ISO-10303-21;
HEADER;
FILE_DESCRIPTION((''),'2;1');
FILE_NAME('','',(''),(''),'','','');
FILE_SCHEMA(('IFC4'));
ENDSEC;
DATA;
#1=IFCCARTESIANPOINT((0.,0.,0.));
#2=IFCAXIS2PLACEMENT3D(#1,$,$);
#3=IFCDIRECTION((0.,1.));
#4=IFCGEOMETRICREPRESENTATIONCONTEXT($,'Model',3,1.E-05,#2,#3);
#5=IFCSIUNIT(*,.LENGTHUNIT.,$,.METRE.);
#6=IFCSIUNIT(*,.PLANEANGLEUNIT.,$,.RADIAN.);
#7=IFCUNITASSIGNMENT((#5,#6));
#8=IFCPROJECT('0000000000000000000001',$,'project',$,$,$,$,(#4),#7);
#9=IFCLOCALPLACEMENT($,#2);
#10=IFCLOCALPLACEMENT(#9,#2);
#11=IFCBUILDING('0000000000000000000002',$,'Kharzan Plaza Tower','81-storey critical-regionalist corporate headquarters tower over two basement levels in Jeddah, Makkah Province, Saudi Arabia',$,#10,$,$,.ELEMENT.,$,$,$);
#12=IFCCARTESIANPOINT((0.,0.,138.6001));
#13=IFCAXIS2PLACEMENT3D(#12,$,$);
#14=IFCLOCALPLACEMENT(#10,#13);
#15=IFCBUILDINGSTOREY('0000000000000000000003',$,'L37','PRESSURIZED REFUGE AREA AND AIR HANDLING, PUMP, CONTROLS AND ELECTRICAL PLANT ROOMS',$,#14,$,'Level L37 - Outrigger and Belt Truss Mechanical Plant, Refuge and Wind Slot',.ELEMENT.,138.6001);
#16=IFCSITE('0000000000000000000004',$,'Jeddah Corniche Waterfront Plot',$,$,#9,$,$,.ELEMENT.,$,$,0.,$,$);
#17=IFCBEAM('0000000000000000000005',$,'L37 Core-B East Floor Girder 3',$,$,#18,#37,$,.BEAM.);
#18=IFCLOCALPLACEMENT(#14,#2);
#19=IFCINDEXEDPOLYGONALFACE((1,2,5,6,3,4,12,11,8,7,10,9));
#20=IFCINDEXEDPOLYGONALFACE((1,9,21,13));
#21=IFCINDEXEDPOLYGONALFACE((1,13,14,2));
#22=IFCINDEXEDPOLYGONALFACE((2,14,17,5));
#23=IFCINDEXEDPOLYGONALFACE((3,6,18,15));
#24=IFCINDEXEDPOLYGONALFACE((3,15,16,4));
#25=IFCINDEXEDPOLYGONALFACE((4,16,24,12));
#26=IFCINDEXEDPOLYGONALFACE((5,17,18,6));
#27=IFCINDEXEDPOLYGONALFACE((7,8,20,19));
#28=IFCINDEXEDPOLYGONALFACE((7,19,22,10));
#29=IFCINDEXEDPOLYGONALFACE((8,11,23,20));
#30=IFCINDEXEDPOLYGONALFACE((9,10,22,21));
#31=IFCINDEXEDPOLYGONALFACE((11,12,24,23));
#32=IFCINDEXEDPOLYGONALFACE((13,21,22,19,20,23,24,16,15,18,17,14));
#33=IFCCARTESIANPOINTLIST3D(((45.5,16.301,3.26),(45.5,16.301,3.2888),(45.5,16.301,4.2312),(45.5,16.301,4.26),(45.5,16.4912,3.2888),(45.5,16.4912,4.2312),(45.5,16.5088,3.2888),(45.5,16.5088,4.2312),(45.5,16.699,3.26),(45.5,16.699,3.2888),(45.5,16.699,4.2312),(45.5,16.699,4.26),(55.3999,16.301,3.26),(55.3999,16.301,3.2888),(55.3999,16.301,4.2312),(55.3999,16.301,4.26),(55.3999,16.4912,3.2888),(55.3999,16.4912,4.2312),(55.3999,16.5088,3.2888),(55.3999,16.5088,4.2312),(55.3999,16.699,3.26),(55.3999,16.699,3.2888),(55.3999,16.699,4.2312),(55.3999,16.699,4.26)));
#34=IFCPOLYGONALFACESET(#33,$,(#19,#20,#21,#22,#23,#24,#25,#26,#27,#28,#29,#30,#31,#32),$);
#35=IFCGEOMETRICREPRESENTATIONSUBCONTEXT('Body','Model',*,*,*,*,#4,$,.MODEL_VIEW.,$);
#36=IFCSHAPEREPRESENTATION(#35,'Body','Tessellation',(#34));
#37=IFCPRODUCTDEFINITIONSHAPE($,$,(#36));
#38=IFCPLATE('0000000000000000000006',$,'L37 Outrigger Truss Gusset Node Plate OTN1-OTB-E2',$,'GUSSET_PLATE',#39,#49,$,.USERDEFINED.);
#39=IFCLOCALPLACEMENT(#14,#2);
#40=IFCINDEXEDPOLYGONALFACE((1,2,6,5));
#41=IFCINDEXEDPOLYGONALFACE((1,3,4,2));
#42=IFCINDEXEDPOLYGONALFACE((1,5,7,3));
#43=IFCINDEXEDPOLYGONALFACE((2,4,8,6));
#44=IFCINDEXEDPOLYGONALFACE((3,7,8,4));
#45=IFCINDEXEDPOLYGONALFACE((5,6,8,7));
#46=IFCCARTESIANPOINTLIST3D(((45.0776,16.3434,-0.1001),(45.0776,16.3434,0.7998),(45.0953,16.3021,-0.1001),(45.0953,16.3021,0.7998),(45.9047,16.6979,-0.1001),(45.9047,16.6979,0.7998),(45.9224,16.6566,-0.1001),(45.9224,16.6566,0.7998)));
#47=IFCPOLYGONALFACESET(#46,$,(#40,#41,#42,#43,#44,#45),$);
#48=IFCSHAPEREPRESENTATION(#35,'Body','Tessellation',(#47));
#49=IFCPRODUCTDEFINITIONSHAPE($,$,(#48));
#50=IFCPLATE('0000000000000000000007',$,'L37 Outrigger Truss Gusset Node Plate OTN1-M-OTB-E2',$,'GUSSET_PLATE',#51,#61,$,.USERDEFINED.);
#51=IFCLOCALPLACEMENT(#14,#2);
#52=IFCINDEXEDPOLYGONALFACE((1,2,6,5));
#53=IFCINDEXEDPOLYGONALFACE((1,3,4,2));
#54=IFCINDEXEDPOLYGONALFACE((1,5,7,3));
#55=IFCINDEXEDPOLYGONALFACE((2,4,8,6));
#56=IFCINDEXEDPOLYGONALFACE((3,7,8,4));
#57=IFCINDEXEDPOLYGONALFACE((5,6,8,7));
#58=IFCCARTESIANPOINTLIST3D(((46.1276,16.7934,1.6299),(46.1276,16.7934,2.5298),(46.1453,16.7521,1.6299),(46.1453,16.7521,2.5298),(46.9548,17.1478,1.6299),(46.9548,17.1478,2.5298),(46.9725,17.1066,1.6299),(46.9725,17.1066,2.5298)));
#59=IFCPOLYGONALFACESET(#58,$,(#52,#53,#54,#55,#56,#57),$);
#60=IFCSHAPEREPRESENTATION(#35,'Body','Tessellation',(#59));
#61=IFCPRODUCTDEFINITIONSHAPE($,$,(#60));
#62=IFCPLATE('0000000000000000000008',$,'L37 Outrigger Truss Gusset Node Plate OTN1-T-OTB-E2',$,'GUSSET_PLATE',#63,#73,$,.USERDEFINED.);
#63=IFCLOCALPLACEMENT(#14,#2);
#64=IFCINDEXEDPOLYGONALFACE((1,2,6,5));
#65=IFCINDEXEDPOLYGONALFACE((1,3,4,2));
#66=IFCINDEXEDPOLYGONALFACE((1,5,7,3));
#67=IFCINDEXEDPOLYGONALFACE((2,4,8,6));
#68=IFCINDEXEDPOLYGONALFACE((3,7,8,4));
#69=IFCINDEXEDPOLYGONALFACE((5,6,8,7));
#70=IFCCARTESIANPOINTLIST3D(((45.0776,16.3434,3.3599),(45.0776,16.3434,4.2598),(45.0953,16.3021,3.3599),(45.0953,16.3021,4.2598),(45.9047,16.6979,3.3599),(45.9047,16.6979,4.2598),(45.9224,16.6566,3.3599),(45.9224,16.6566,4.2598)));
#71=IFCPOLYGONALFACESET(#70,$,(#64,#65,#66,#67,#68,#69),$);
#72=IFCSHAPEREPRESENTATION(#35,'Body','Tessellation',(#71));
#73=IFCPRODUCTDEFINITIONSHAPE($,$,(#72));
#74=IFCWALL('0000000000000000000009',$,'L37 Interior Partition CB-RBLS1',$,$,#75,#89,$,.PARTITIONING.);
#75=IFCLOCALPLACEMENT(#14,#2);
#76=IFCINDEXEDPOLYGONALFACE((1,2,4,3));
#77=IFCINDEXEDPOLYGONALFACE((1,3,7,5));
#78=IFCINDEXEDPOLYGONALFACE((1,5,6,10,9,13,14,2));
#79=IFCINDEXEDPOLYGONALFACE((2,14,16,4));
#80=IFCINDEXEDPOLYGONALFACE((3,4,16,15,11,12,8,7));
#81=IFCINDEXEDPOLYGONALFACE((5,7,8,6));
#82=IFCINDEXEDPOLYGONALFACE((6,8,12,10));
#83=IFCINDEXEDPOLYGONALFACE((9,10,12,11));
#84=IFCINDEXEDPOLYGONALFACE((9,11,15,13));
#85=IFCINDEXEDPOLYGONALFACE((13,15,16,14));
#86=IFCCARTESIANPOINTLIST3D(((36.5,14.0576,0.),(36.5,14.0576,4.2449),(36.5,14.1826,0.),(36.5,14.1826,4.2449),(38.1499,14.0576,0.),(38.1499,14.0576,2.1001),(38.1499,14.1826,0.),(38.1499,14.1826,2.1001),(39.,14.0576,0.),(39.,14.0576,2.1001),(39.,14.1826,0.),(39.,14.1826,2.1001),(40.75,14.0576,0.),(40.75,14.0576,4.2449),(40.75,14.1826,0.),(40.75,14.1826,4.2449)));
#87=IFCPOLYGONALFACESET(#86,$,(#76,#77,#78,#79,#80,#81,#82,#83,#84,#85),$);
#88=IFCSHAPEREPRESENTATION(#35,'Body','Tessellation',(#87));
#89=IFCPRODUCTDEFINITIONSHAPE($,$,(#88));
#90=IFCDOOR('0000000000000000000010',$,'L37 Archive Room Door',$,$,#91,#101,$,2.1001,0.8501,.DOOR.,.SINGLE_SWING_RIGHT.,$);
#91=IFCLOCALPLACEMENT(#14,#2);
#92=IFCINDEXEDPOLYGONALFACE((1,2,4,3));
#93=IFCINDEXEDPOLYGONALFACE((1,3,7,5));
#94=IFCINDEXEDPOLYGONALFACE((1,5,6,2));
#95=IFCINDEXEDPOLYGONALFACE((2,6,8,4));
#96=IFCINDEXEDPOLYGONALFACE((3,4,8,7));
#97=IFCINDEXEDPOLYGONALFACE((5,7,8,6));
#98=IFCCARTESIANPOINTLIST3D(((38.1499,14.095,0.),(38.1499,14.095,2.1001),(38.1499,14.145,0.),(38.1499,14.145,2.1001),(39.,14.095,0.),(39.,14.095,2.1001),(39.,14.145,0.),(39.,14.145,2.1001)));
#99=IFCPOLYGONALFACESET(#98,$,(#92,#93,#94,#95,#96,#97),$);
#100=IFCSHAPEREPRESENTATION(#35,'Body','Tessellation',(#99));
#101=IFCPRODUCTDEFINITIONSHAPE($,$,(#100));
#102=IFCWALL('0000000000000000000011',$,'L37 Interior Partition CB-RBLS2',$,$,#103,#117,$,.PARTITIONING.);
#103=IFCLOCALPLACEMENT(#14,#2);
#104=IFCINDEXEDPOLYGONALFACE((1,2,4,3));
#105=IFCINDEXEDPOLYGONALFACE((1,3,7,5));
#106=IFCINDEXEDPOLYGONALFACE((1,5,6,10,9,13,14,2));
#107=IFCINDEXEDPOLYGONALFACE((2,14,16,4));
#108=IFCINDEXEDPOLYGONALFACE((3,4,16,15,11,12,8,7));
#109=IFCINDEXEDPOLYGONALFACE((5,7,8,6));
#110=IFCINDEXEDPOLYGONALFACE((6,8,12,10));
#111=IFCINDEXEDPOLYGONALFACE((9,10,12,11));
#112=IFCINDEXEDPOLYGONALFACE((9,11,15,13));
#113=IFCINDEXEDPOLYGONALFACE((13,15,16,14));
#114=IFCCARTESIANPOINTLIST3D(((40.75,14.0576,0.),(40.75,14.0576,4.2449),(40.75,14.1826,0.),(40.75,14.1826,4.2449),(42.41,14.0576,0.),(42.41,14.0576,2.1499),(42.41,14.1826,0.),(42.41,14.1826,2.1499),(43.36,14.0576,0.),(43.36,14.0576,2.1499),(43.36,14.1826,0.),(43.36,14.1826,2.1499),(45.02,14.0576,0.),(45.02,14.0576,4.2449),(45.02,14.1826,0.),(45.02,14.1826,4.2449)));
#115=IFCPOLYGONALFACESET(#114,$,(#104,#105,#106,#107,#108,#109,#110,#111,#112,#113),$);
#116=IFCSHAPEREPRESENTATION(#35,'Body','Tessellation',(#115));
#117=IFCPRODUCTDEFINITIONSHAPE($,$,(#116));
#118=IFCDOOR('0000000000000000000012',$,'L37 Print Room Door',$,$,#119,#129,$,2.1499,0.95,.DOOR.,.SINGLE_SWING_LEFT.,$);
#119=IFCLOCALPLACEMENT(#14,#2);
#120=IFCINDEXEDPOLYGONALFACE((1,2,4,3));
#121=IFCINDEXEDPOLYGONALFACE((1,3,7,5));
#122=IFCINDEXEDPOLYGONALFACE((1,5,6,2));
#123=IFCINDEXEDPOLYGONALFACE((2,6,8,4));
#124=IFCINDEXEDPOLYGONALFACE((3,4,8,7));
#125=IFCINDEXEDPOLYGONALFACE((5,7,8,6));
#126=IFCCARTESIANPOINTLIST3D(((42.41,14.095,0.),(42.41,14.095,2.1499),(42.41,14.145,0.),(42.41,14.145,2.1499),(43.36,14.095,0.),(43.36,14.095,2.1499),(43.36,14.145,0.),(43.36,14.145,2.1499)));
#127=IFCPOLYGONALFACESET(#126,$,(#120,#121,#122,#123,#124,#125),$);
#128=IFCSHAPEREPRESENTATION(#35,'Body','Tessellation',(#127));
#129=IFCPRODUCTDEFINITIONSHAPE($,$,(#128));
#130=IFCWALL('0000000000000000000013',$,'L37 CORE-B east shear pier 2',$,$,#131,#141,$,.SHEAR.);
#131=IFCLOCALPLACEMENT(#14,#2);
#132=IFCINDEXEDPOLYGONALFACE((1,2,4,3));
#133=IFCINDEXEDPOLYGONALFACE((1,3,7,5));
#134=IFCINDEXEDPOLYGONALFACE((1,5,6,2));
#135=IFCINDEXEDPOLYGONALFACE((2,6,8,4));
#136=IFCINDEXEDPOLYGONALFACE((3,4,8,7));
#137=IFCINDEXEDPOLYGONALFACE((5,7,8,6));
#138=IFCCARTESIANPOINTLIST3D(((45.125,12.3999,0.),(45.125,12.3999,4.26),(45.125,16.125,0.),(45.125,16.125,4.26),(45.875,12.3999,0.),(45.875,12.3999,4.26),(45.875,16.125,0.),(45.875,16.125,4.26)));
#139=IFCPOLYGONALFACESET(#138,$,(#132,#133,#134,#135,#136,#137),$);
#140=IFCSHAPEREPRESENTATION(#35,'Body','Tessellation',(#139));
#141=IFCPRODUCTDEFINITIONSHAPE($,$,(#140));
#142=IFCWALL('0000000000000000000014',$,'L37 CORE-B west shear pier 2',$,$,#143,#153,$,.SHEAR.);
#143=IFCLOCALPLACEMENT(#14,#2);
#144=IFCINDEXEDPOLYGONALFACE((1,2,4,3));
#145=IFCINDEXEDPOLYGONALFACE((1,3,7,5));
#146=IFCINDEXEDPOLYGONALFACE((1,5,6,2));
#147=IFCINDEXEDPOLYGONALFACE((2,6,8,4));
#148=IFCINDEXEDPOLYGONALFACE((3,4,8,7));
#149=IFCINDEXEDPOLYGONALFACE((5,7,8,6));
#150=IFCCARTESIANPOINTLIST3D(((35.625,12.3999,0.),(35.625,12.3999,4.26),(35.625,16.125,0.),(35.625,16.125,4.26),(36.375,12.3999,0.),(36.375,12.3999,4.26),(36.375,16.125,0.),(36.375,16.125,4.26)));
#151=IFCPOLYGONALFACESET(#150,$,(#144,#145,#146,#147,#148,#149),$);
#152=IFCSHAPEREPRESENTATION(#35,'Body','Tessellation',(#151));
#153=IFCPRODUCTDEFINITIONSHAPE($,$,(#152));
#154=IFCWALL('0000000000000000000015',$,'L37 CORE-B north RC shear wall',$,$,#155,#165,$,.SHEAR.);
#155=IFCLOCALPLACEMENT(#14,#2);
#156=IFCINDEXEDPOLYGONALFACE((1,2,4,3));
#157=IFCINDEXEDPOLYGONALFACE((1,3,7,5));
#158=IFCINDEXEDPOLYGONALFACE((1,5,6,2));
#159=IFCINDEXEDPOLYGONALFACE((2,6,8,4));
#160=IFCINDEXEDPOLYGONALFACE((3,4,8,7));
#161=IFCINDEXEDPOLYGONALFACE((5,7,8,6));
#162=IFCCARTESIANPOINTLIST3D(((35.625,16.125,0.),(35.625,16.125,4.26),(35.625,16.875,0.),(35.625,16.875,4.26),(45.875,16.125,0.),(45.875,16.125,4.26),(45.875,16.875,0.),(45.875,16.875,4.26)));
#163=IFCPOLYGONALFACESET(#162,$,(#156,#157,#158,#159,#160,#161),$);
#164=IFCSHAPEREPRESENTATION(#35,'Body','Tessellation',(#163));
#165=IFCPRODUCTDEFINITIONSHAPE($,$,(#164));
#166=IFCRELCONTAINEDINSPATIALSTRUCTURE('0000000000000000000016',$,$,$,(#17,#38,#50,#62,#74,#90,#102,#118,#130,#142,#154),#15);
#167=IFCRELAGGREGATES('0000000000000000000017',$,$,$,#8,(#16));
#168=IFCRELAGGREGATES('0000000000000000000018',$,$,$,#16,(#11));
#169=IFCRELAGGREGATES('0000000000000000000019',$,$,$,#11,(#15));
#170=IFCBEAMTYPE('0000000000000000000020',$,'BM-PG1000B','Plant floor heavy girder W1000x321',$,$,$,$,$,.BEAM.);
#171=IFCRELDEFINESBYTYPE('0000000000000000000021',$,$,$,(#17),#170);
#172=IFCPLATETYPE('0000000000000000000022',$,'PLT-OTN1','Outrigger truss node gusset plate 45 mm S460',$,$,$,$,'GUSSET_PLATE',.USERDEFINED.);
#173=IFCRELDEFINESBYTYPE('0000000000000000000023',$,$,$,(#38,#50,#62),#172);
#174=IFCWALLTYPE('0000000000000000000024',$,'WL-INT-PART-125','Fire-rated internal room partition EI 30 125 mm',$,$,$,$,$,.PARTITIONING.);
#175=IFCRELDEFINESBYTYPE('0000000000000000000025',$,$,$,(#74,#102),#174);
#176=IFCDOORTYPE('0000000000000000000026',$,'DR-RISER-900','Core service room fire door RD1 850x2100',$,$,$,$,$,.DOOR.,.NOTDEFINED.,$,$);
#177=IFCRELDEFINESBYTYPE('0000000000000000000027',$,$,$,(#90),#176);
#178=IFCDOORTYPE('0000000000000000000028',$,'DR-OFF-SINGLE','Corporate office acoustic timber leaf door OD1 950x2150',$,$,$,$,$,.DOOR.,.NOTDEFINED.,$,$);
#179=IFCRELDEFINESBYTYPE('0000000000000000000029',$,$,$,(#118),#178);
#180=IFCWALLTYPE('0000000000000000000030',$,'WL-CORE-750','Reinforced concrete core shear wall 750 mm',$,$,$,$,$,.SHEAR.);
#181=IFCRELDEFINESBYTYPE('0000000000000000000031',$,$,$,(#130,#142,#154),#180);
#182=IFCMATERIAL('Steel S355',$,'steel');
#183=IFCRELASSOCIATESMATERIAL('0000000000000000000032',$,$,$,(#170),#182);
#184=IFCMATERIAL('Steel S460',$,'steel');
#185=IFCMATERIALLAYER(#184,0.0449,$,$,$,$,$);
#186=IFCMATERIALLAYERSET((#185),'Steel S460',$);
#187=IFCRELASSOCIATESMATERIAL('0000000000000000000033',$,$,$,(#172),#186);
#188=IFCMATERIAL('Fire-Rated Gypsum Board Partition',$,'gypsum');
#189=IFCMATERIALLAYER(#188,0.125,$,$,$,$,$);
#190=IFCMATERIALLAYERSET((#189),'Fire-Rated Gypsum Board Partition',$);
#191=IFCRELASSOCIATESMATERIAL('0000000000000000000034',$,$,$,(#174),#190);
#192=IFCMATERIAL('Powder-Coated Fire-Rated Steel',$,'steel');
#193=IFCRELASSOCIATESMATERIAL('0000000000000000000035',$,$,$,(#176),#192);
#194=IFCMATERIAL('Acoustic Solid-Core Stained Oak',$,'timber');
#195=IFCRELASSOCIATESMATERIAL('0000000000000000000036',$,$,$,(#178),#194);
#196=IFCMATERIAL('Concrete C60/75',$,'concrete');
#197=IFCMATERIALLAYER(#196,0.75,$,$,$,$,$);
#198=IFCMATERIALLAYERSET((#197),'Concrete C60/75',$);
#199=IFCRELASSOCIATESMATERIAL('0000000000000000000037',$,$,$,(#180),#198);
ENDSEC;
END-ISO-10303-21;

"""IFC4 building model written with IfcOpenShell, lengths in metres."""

from ifc_helpers import new_model, si_unit, direction, frame, frame_2d, origin, origin_2d, place, context, subcontext, project, spatial, rectangle, i_section, extrude, source, transform, mapped, material, layer, layer_set, material_profile, profile_set, type_object, element, fill, save


model = new_model("IFC4")

# Units and contexts
model_context = context("Model", 3, precision=1e-05, world=origin(), true_north=direction((0.0, 1.0)))
body_context = subcontext(model_context, "Body", "Model", "MODEL_VIEW")
ifc_project = project(units=[si_unit("LENGTHUNIT", "METRE"), si_unit("PLANEANGLEUNIT", "RADIAN")], contexts=[model_context])

# Site, building, storey
site_placement = place(None, origin())
site = spatial("IfcSite", under=ifc_project, at=site_placement, Name="Jeddah Corniche Waterfront Plot", CompositionType="ELEMENT", RefElevation=0.0)
building_placement = place(site_placement, origin())
building = spatial("IfcBuilding", under=site, at=building_placement, Name="Kharzan Plaza Tower", Description="81-storey critical-regionalist corporate headquarters tower over two basement levels in Jeddah, Makkah Province, Saudi Arabia", CompositionType="ELEMENT")
storey_placement = place(building_placement, frame((0.0, 0.0, 138.6001)))
storey = spatial("IfcBuildingStorey", under=building, at=storey_placement, Name="L37", Description="PRESSURIZED REFUGE AREA AND AIR HANDLING, PUMP, CONTROLS AND ELECTRICAL PLANT ROOMS", LongName="Level L37 - Outrigger and Belt Truss Mechanical Plant, Refuge and Wind Slot", CompositionType="ELEMENT", Elevation=138.6001)

# Shared definitions
ifc_material_1 = material(Name="Concrete C60/75", Category="concrete")

# Shared definitions
ifc_material_2 = material(Name="Steel S355", Category="steel")
ifc_material_profile_1 = material_profile(ifc_material_2, i_section(OverallWidth=0.3979, OverallDepth=1.0, WebThickness=0.0176, FlangeThickness=0.0288, at=origin_2d()), Name="W1000x321")
ifc_profile_set_1 = profile_set([ifc_material_profile_1], Name="Steel S355")
beam_type_1 = type_object("IfcBeamType", Name="BM-PG1000B", Description="Plant floor heavy girder W1000x321", PredefinedType="BEAM", material=ifc_profile_set_1)

# Beam
shared_shape_1 = source(origin(), body_context, "Body", "SweptSolid", [
    extrude(i_section(OverallWidth=0.3979, OverallDepth=1.0, WebThickness=0.0176, FlangeThickness=0.0288, at=origin_2d()), origin(), (0.0, 0.0, 1.0), 9.8999),
])
beam_1_placement = place(storey_placement, frame((45.5, 16.5, 3.76), z_axis=(1.0, 0.0, 0.0), x_axis=(0.0, 1.0, 0.0)))
element("IfcBeam", 1, at=beam_1_placement, inside=storey, type_object=beam_type_1, Name="L37 Core-B East Floor Girder 3", PredefinedType="BEAM", context=body_context, shape_type="MappedRepresentation", body=[
    mapped(shared_shape_1, transform((0.0, 0.0, 0.0), x_axis=(1.0, 0.0, 0.0), y_axis=(0.0, 1.0, 0.0), z_axis=(0.0, 0.0, 1.0))),
])

# Plates
ifc_material_3 = material(Name="Steel S460", Category="steel")
ifc_layer_1 = layer(ifc_material_3, 0.0449)
ifc_layer_set_1 = layer_set([ifc_layer_1], Name="Steel S460")
plate_type = type_object("IfcPlateType", Name="PLT-OTN1", Description="Outrigger truss node gusset plate 45 mm S460", ElementType="GUSSET_PLATE", PredefinedType="USERDEFINED", material=ifc_layer_set_1)
shared_shape_2 = source(origin(), body_context, "Body", "SweptSolid", [
    extrude(rectangle(XDim=0.8999, YDim=0.0449, at=origin_2d()), origin(), (0.0, 0.0, 1.0), 0.8999),
])
for number, where, z_axis, x_axis, name in (
    (2, (45.5, 16.5, -0.1001), (0.0, 0.0, 1.0), (0.919145, 0.393919, 0.0), "L37 Outrigger Truss Gusset Node Plate OTN1-OTB-E2"),
    (3, (46.55, 16.95, 1.6299), (0.0, 0.0, 1.0), (0.919145, 0.393919, 0.0), "L37 Outrigger Truss Gusset Node Plate OTN1-M-OTB-E2"),
    (4, (45.5, 16.5, 3.3599), (0.0, 0.0, 1.0), (0.919145, 0.393919, 0.0), "L37 Outrigger Truss Gusset Node Plate OTN1-T-OTB-E2"),
):
    element("IfcPlate", number, at=place(storey_placement, frame(where, z_axis=z_axis, x_axis=x_axis)), inside=storey, type_object=plate_type, Name=name, ObjectType="GUSSET_PLATE", PredefinedType="USERDEFINED", context=body_context, shape_type="MappedRepresentation", body=[
        mapped(shared_shape_2, transform((0.0, 0.0, 0.0), x_axis=(1.0, 0.0, 0.0), y_axis=(0.0, 1.0, 0.0), z_axis=(0.0, 0.0, 1.0))),
    ])

# Walls, openings, doors
ifc_material_4 = material(Name="Fire-Rated Gypsum Board Partition", Category="gypsum")
ifc_layer_2 = layer(ifc_material_4, 0.125)
ifc_layer_set_2 = layer_set([ifc_layer_2], Name="Fire-Rated Gypsum Board Partition")
wall_type_1 = type_object("IfcWallType", Name="WL-INT-PART-125", Description="Fire-rated internal room partition EI 30 125 mm", PredefinedType="PARTITIONING", material=ifc_layer_set_2)
wall_1_placement = place(storey_placement, frame((36.5, 14.1201, 0.0), z_axis=(0.0, 0.0, 1.0), x_axis=(1.0, 0.0, 0.0)))
wall_1 = element("IfcWall", 5, at=wall_1_placement, inside=storey, type_object=wall_type_1, Name="L37 Interior Partition CB-RBLS1", PredefinedType="PARTITIONING", context=body_context, shape_type="SweptSolid", body=[
    extrude(rectangle(XDim=4.25, YDim=0.125, at=frame_2d((2.125, 0.0))), origin(), (0.0, 0.0, 1.0), 4.2449),
])
opening_1_placement = place(wall_1_placement, frame((1.6499, 0.0, 0.0)))
opening_1 = element("IfcOpeningElement", 6, at=opening_1_placement, cuts=wall_1, PredefinedType="OPENING", context=body_context, shape_type="SweptSolid", body=[
    extrude(rectangle(XDim=0.8501, YDim=2.1001, at=frame_2d((0.425, 1.05))), frame((0.0, 0.0725, 0.0), z_axis=(0.0, -1.0, 0.0), x_axis=(1.0, 0.0, 0.0)), (0.0, 0.0, 1.0), 0.145),
])
ifc_material_5 = material(Name="Powder-Coated Fire-Rated Steel", Category="steel")
door_type_1 = type_object("IfcDoorType", Name="DR-RISER-900", Description="Core service room fire door RD1 850x2100", OperationType="NOTDEFINED", PredefinedType="DOOR", material=ifc_material_5)
shared_shape_3 = source(origin(), body_context, "Body", "SweptSolid", [
    extrude(rectangle(XDim=0.8501, YDim=2.1001, at=frame_2d((0.425, 1.05))), frame((0.0, 0.0249, 0.0), z_axis=(0.0, -1.0, 0.0), x_axis=(1.0, 0.0, 0.0)), (0.0, 0.0, 1.0), 0.05),
])
door_1_placement = place(opening_1_placement, origin())
door_1 = element("IfcDoor", 7, at=door_1_placement, inside=storey, type_object=door_type_1, Name="L37 Archive Room Door", OperationType="SINGLE_SWING_RIGHT", OverallHeight=2.1001, OverallWidth=0.8501, PredefinedType="DOOR", context=body_context, shape_type="MappedRepresentation", body=[
    mapped(shared_shape_3, transform((0.0, 0.0, 0.0), x_axis=(1.0, 0.0, 0.0), y_axis=(0.0, 1.0, 0.0), z_axis=(0.0, 0.0, 1.0))),
])
fill(opening_1, door_1)
wall_2_placement = place(storey_placement, frame((40.75, 14.1201, 0.0), z_axis=(0.0, 0.0, 1.0), x_axis=(1.0, 0.0, 0.0)))
wall_2 = element("IfcWall", 8, at=wall_2_placement, inside=storey, type_object=wall_type_1, Name="L37 Interior Partition CB-RBLS2", PredefinedType="PARTITIONING", context=body_context, shape_type="SweptSolid", body=[
    extrude(rectangle(XDim=4.27, YDim=0.125, at=frame_2d((2.135, 0.0))), origin(), (0.0, 0.0, 1.0), 4.2449),
])
opening_2_placement = place(wall_2_placement, frame((1.6599, 0.0, 0.0)))
opening_2 = element("IfcOpeningElement", 9, at=opening_2_placement, cuts=wall_2, PredefinedType="OPENING", context=body_context, shape_type="SweptSolid", body=[
    extrude(rectangle(XDim=0.95, YDim=2.1499, at=frame_2d((0.4751, 1.075))), frame((0.0, 0.0725, 0.0), z_axis=(0.0, -1.0, 0.0), x_axis=(1.0, 0.0, 0.0)), (0.0, 0.0, 1.0), 0.145),
])
ifc_material_6 = material(Name="Acoustic Solid-Core Stained Oak", Category="timber")
door_type_2 = type_object("IfcDoorType", Name="DR-OFF-SINGLE", Description="Corporate office acoustic timber leaf door OD1 950x2150", OperationType="NOTDEFINED", PredefinedType="DOOR", material=ifc_material_6)
shared_shape_4 = source(origin(), body_context, "Body", "SweptSolid", [
    extrude(rectangle(XDim=0.95, YDim=2.1499, at=frame_2d((0.4751, 1.075))), frame((0.0, 0.0249, 0.0), z_axis=(0.0, -1.0, 0.0), x_axis=(1.0, 0.0, 0.0)), (0.0, 0.0, 1.0), 0.05),
])
door_2_placement = place(opening_2_placement, origin())
door_2 = element("IfcDoor", 10, at=door_2_placement, inside=storey, type_object=door_type_2, Name="L37 Print Room Door", OperationType="SINGLE_SWING_LEFT", OverallHeight=2.1499, OverallWidth=0.95, PredefinedType="DOOR", context=body_context, shape_type="MappedRepresentation", body=[
    mapped(shared_shape_4, transform((0.0, 0.0, 0.0), x_axis=(1.0, 0.0, 0.0), y_axis=(0.0, 1.0, 0.0), z_axis=(0.0, 0.0, 1.0))),
])
fill(opening_2, door_2)

# Walls
ifc_layer_3 = layer(ifc_material_1, 0.75)
ifc_layer_set_3 = layer_set([ifc_layer_3], Name="Concrete C60/75")
wall_type_2 = type_object("IfcWallType", Name="WL-CORE-750", Description="Reinforced concrete core shear wall 750 mm", PredefinedType="SHEAR", material=ifc_layer_set_3)
shared_shape_5 = source(origin(), body_context, "Body", "SweptSolid", [
    extrude(rectangle(XDim=3.7251, YDim=0.75, at=frame_2d((1.8625, 0.0))), origin(), (0.0, 0.0, 1.0), 4.26),
])
for number, where, z_axis, x_axis, name in (
    (11, (45.5, 12.3999, 0.0), (0.0, 0.0, 1.0), (0.0, 1.0, 0.0), "L37 CORE-B east shear pier 2"),
    (12, (36.0, 12.3999, 0.0), (0.0, 0.0, 1.0), (0.0, 1.0, 0.0), "L37 CORE-B west shear pier 2"),
):
    element("IfcWall", number, at=place(storey_placement, frame(where, z_axis=z_axis, x_axis=x_axis)), inside=storey, type_object=wall_type_2, Name=name, PredefinedType="SHEAR", context=body_context, shape_type="MappedRepresentation", body=[
        mapped(shared_shape_5, transform((0.0, 0.0, 0.0), x_axis=(1.0, 0.0, 0.0), y_axis=(0.0, 1.0, 0.0), z_axis=(0.0, 0.0, 1.0))),
    ])
shared_shape_6 = source(origin(), body_context, "Body", "SweptSolid", [
    extrude(rectangle(XDim=10.25, YDim=0.75, at=frame_2d((5.125, 0.0))), origin(), (0.0, 0.0, 1.0), 4.26),
])
wall_3_placement = place(storey_placement, frame((35.625, 16.5, 0.0), z_axis=(0.0, 0.0, 1.0), x_axis=(1.0, 0.0, 0.0)))
element("IfcWall", 13, at=wall_3_placement, inside=storey, type_object=wall_type_2, Name="L37 CORE-B north RC shear wall", PredefinedType="SHEAR", context=body_context, shape_type="MappedRepresentation", body=[
    mapped(shared_shape_6, transform((0.0, 0.0, 0.0), x_axis=(1.0, 0.0, 0.0), y_axis=(0.0, 1.0, 0.0), z_axis=(0.0, 0.0, 1.0))),
])

save(model, "model.ifc")
